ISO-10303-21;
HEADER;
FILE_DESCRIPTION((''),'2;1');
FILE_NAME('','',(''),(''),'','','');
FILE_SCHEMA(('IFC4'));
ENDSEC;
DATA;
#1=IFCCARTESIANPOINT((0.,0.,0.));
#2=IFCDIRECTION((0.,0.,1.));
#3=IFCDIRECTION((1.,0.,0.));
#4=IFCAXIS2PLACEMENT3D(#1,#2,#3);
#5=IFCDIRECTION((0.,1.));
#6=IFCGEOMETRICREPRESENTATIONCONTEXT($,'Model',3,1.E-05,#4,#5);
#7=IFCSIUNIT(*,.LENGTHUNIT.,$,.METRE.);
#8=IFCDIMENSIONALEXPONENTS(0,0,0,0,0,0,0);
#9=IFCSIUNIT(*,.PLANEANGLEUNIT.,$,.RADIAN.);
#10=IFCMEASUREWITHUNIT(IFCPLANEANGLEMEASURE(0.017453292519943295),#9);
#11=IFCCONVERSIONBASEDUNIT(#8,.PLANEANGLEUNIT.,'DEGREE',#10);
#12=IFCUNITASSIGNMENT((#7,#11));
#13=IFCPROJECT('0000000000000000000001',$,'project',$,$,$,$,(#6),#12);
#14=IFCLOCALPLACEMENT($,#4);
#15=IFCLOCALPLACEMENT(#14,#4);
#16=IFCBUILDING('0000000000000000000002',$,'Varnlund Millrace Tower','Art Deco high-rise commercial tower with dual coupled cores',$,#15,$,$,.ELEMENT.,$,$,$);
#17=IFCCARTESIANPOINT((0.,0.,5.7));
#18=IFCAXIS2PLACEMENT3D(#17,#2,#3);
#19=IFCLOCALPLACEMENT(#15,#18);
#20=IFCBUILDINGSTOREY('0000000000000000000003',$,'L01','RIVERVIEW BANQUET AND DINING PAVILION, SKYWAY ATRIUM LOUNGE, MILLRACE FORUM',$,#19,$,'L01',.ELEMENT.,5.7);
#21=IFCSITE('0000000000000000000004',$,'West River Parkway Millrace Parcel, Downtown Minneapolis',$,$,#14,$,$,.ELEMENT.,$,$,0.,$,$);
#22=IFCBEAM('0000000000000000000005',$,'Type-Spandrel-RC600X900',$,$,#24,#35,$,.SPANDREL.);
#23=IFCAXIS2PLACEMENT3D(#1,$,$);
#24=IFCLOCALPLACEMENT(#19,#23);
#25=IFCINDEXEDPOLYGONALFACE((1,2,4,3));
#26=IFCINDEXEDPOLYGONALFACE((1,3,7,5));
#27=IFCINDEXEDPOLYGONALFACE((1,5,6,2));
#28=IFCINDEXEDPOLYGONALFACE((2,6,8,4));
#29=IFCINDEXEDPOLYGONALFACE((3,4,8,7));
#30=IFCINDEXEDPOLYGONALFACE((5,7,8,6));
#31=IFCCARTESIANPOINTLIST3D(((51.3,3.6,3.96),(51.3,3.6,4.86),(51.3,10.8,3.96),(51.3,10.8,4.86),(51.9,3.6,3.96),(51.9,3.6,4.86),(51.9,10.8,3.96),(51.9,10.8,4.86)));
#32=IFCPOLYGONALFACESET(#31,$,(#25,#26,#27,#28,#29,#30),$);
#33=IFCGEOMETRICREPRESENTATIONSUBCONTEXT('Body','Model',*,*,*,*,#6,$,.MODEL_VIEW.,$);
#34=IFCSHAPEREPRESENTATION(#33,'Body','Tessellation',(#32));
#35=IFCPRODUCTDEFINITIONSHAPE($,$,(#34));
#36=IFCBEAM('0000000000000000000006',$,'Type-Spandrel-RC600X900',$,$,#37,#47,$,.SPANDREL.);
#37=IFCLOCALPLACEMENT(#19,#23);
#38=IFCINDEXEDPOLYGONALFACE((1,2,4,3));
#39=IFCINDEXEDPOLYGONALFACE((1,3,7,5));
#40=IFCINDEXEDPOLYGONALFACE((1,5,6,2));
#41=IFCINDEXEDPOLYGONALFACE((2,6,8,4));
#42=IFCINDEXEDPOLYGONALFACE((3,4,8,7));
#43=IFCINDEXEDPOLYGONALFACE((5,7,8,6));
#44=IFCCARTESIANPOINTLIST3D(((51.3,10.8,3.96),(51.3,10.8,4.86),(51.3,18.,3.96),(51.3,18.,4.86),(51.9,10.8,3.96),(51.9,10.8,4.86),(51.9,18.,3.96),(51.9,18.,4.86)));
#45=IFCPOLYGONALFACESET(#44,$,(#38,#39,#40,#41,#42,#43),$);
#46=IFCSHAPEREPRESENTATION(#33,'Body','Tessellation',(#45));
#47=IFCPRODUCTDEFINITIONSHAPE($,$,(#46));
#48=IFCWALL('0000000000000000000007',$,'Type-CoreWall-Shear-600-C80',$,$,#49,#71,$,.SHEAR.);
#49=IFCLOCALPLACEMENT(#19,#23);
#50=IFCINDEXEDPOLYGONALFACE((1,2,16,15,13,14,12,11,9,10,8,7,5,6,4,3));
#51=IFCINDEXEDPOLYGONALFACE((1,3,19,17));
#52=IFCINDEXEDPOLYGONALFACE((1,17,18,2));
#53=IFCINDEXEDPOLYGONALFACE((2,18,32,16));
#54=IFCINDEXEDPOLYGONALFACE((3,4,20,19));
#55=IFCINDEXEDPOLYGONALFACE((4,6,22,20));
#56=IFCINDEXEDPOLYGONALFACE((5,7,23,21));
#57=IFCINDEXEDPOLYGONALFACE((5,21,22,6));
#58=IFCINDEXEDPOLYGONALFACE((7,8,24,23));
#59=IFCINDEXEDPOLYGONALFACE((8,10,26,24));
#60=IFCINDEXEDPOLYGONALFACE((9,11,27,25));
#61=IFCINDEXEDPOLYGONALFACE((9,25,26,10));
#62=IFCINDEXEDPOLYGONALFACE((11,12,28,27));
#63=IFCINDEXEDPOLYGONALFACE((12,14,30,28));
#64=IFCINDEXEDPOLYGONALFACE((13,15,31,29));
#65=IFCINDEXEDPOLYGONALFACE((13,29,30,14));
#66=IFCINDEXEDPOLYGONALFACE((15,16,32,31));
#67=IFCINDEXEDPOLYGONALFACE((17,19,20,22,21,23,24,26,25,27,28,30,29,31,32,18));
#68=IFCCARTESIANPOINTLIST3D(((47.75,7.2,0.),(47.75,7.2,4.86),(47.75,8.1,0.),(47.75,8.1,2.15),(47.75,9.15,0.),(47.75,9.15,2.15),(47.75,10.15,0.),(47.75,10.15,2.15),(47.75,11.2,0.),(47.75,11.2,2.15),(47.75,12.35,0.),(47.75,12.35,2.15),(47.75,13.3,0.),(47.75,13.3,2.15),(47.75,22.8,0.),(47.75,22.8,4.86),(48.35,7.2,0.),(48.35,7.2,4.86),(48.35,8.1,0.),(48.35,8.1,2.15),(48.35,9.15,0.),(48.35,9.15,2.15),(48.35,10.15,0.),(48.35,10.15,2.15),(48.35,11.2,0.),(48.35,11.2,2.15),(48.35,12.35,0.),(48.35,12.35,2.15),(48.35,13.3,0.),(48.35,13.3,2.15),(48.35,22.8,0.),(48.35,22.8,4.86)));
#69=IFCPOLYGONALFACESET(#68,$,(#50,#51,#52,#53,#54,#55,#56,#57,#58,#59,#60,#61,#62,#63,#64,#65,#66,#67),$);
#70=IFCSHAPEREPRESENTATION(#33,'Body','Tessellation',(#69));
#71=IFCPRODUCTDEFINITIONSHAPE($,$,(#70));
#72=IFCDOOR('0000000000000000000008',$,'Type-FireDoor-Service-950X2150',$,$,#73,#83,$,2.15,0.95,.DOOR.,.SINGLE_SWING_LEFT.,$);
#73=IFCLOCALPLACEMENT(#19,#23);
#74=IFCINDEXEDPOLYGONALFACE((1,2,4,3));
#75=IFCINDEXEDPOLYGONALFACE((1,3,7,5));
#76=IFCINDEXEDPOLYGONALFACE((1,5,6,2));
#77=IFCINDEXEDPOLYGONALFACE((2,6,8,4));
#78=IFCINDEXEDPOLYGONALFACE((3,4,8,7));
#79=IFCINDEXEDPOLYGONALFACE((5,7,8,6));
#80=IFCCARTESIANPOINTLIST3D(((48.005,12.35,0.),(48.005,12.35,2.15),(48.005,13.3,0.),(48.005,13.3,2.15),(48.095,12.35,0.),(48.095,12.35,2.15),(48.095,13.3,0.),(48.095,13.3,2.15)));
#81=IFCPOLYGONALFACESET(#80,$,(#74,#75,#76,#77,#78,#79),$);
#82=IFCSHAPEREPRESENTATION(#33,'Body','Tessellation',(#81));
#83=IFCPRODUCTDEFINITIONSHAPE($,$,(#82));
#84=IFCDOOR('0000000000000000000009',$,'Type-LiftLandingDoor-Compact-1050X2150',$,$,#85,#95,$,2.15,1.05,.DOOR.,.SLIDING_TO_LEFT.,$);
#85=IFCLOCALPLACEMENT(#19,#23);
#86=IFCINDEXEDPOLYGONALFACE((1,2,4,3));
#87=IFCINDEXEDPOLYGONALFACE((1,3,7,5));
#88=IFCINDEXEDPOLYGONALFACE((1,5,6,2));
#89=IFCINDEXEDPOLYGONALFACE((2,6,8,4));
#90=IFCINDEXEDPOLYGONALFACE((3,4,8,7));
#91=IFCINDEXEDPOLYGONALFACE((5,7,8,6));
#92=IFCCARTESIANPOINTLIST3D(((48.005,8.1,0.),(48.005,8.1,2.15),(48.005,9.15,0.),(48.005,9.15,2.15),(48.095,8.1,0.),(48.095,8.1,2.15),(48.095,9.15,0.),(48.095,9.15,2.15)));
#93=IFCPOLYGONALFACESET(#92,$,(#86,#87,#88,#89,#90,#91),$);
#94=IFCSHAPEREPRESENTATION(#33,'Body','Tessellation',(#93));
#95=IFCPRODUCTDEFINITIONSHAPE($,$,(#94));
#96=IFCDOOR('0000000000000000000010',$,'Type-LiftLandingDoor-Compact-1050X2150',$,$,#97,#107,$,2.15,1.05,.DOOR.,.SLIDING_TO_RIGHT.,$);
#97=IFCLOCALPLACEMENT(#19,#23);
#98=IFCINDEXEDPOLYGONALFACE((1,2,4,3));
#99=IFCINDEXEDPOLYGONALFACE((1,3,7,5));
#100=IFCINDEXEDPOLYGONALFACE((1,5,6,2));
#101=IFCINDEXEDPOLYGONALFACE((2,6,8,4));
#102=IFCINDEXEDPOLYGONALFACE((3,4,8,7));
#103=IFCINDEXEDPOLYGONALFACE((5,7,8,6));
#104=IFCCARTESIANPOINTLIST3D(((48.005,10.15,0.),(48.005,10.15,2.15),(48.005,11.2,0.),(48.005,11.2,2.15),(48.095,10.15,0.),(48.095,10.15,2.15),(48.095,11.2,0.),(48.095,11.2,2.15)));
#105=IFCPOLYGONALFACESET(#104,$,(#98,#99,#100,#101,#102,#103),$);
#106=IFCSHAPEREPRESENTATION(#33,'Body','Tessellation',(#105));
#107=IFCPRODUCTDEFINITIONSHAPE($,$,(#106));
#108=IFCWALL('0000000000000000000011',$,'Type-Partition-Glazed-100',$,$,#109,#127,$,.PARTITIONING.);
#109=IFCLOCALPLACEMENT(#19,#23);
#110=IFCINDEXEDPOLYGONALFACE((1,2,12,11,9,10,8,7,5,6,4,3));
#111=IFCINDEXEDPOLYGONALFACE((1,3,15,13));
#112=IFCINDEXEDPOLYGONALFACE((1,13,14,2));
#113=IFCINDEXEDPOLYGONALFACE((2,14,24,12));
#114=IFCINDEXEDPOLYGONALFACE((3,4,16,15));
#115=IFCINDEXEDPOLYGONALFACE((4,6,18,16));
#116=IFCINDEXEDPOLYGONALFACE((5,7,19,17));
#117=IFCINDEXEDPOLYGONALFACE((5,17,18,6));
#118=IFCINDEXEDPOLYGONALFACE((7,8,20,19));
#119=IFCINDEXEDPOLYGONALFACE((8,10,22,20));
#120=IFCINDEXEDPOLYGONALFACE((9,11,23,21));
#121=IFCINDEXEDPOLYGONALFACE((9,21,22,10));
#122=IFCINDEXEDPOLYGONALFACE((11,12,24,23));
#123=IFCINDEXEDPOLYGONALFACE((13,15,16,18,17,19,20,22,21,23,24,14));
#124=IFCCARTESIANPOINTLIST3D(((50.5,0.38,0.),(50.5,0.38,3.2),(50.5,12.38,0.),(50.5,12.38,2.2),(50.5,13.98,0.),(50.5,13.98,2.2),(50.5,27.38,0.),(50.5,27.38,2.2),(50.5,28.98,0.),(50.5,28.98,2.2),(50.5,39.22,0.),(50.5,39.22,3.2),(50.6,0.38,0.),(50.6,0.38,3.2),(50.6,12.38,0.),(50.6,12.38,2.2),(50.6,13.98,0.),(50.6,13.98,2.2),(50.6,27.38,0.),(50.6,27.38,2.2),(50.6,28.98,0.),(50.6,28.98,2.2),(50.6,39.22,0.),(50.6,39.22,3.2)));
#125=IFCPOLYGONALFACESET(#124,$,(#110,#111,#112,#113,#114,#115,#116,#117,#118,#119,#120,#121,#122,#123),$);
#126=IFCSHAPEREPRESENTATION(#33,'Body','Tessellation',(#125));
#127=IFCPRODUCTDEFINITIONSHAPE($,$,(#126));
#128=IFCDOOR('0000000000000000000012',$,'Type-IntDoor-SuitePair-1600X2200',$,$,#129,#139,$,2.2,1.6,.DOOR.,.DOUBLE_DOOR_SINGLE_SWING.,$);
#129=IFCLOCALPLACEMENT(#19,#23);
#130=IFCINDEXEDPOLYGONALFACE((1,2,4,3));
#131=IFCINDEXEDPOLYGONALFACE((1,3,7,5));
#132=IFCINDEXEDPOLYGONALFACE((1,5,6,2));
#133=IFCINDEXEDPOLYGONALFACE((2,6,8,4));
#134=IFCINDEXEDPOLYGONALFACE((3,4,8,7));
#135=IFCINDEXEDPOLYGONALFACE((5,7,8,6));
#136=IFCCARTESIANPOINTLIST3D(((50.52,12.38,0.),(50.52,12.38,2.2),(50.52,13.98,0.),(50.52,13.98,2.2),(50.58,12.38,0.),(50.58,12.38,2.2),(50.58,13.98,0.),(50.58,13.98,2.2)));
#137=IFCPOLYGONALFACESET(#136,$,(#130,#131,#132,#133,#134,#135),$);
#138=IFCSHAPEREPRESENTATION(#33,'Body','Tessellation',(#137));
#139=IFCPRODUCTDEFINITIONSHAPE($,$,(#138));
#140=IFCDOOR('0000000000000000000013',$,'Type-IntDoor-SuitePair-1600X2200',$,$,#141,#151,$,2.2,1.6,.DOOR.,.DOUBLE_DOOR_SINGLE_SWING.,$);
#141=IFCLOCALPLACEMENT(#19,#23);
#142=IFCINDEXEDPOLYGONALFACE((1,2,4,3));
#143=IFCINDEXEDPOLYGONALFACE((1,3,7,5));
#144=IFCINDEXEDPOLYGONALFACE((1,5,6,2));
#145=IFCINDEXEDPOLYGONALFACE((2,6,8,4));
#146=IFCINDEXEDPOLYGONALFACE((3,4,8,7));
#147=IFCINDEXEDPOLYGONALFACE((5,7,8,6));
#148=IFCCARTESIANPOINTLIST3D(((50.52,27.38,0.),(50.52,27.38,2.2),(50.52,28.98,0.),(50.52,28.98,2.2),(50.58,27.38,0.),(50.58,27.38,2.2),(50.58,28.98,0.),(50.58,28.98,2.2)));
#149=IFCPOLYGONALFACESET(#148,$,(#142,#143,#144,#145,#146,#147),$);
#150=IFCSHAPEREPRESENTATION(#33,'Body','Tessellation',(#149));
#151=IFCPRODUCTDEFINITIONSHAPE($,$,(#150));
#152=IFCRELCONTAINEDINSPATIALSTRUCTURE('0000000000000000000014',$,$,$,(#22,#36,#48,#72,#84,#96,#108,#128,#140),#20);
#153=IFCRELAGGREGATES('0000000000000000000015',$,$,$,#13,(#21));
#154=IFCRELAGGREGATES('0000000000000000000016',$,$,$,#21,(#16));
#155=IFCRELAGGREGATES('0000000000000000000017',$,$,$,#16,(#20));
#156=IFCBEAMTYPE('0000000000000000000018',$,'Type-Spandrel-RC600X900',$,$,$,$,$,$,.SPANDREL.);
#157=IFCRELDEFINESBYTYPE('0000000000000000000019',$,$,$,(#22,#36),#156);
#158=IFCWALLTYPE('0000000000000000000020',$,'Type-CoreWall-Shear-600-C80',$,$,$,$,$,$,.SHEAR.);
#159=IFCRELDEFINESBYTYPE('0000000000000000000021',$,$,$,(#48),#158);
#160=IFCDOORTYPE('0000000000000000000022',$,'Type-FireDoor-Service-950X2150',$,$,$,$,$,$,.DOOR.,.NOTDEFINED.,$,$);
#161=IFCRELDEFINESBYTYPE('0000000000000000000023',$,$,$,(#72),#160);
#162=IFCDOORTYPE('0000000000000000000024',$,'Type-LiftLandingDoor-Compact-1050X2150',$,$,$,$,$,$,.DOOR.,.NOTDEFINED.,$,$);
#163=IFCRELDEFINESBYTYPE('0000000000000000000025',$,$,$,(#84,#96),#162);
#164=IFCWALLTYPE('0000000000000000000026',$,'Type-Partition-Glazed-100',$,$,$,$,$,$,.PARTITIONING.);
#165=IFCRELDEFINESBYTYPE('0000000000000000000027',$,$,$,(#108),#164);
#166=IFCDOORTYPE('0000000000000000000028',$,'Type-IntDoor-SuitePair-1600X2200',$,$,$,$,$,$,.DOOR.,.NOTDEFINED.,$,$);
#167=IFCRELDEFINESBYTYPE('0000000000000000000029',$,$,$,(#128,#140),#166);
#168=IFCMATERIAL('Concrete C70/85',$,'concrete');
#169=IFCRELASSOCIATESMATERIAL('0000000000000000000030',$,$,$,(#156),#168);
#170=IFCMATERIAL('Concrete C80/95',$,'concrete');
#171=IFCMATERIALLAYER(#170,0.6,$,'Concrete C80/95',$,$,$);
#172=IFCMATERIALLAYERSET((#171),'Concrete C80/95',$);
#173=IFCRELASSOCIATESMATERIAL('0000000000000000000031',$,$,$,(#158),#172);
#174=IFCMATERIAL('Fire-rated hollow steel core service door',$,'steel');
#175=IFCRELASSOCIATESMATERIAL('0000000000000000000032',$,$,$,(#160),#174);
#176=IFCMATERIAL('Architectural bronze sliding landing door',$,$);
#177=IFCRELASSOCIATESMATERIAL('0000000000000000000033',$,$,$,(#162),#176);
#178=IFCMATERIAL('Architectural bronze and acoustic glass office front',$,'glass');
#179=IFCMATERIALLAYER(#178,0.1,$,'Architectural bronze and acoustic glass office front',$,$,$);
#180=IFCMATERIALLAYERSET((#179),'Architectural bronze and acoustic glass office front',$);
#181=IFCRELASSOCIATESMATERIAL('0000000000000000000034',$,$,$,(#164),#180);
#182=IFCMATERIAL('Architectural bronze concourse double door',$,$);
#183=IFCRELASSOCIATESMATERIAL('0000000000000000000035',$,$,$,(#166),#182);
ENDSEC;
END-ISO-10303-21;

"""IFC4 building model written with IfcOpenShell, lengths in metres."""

from ifc_helpers import new_model, entity, si_unit, converted_unit, direction, frame, origin_with_axes, origin_2d_with_axis, place, context, subcontext, project, spatial, polyline, rectangle, outline, extrude, material, layer, layer_set, material_profile, profile_set, type_object, element, fill, save


model = new_model("IFC4")

# Units and contexts
model_context = context("Model", 3, precision=1e-05, world=origin_with_axes(), true_north=direction((0.0, 1.0)))
body_context = subcontext(model_context, "Body", "Model", "MODEL_VIEW")
ifc_project = project(units=[si_unit("LENGTHUNIT", "METRE"), converted_unit("PLANEANGLEUNIT", "DEGREE", entity("IfcPlaneAngleMeasure", 0.017453292519943295), si_unit("PLANEANGLEUNIT", "RADIAN"), dimensions=[0, 0, 0, 0, 0, 0, 0])], contexts=[model_context])

# Site, building, storey
site_placement = place(None, origin_with_axes())
site = spatial("IfcSite", under=ifc_project, at=site_placement, Name="West River Parkway Millrace Parcel, Downtown Minneapolis", CompositionType="ELEMENT", RefElevation=0.0)
building_placement = place(site_placement, origin_with_axes())
building = spatial("IfcBuilding", under=site, at=building_placement, Name="Varnlund Millrace Tower", Description="Art Deco high-rise commercial tower with dual coupled cores", CompositionType="ELEMENT")
storey_placement = place(building_placement, frame((0.0, 0.0, 5.7), z_axis=(0.0, 0.0, 1.0), x_axis=(1.0, 0.0, 0.0)))
storey = spatial("IfcBuildingStorey", under=building, at=storey_placement, Name="L01", Description="RIVERVIEW BANQUET AND DINING PAVILION, SKYWAY ATRIUM LOUNGE, MILLRACE FORUM", LongName="L01", CompositionType="ELEMENT", Elevation=5.7)

# Shared definitions
ifc_material_1 = material(Name="Concrete C80/95", Category="concrete")

# Beams
ifc_material_2 = material(Name="Concrete C70/85", Category="concrete")
ifc_material_profile_1 = material_profile(ifc_material_2, rectangle(XDim=0.6, YDim=0.9, at=origin_2d_with_axis()), Name="Concrete C70/85")
ifc_profile_set_1 = profile_set([ifc_material_profile_1], Name="Concrete C70/85")
beam_type_1 = type_object("IfcBeamType", Name="Type-Spandrel-RC600X900", PredefinedType="SPANDREL", material=ifc_profile_set_1)
for number, where, z_axis, x_axis, name in (
    (1, (51.6, 3.6, 4.41), (0.0, 1.0, 0.0), (-1.0, 0.0, 0.0), "Type-Spandrel-RC600X900"),
    (2, (51.6, 10.8, 4.41), (0.0, 1.0, 0.0), (-1.0, 0.0, 0.0), "Type-Spandrel-RC600X900"),
):
    element("IfcBeam", number, at=place(storey_placement, frame(where, z_axis=z_axis, x_axis=x_axis)), inside=storey, type_object=beam_type_1, Name=name, PredefinedType="SPANDREL", context=body_context, shape_type="SweptSolid", body=[
        extrude(rectangle(XDim=0.6, YDim=0.9, at=origin_2d_with_axis()), origin_with_axes(), (0.0, 0.0, 1.0), 7.2),
    ])

# Walls, openings, doors
ifc_layer_1 = layer(ifc_material_1, 0.6, Name="Concrete C80/95")
ifc_layer_set_1 = layer_set([ifc_layer_1], Name="Concrete C80/95")
wall_type_1 = type_object("IfcWallType", Name="Type-CoreWall-Shear-600-C80", PredefinedType="SHEAR", material=ifc_layer_set_1)
wall_1_placement = place(storey_placement, frame((48.05, 7.2, 0.0), z_axis=(0.0, 0.0, 1.0), x_axis=(0.0, 1.0, 0.0)))
wall_1 = element("IfcWall", 3, at=wall_1_placement, inside=storey, type_object=wall_type_1, Name="Type-CoreWall-Shear-600-C80", PredefinedType="SHEAR", context=body_context, shape_type="SweptSolid", body=[
    extrude(outline(polyline([(0.0, -0.3), (15.6, -0.3), (15.6, 0.3), (0.0, 0.3), (0.0, -0.3)])), origin_with_axes(), (0.0, 0.0, 1.0), 4.86),
])
opening_1_placement = place(wall_1_placement, frame((1.425, 0.0, 0.0), z_axis=(0.0, 0.0, 1.0), x_axis=(1.0, 0.0, 0.0)))
opening_1 = element("IfcOpeningElement", 4, at=opening_1_placement, cuts=wall_1, PredefinedType="OPENING", context=body_context, shape_type="SweptSolid", body=[
    extrude(rectangle(XDim=1.05, YDim=0.62, at=origin_2d_with_axis()), origin_with_axes(), (0.0, 0.0, 1.0), 2.15),
])
opening_2_placement = place(wall_1_placement, frame((3.475, 0.0, 0.0), z_axis=(0.0, 0.0, 1.0), x_axis=(1.0, 0.0, 0.0)))
opening_2 = element("IfcOpeningElement", 5, at=opening_2_placement, cuts=wall_1, PredefinedType="OPENING", context=body_context, shape_type="SweptSolid", body=[
    extrude(rectangle(XDim=1.05, YDim=0.62, at=origin_2d_with_axis()), origin_with_axes(), (0.0, 0.0, 1.0), 2.15),
])
opening_3_placement = place(wall_1_placement, frame((5.625, 0.0, 0.0), z_axis=(0.0, 0.0, 1.0), x_axis=(1.0, 0.0, 0.0)))
opening_3 = element("IfcOpeningElement", 6, at=opening_3_placement, cuts=wall_1, PredefinedType="OPENING", context=body_context, shape_type="SweptSolid", body=[
    extrude(rectangle(XDim=0.95, YDim=0.62, at=origin_2d_with_axis()), origin_with_axes(), (0.0, 0.0, 1.0), 2.15),
])
ifc_material_3 = material(Name="Fire-rated hollow steel core service door", Category="steel")
door_type_1 = type_object("IfcDoorType", Name="Type-FireDoor-Service-950X2150", OperationType="NOTDEFINED", PredefinedType="DOOR", material=ifc_material_3)
door_1_placement = place(wall_1_placement, frame((5.625, 0.0, 0.0), z_axis=(0.0, 0.0, 1.0), x_axis=(1.0, 0.0, 0.0)))
door_1 = element("IfcDoor", 7, at=door_1_placement, inside=storey, type_object=door_type_1, Name="Type-FireDoor-Service-950X2150", OperationType="SINGLE_SWING_LEFT", OverallHeight=2.15, OverallWidth=0.95, PredefinedType="DOOR", context=body_context, shape_type="SweptSolid", body=[
    extrude(rectangle(XDim=0.95, YDim=0.09, at=origin_2d_with_axis()), origin_with_axes(), (0.0, 0.0, 1.0), 2.15),
])
fill(opening_3, door_1)
ifc_material_4 = material(Name="Architectural bronze sliding landing door")
door_type_2 = type_object("IfcDoorType", Name="Type-LiftLandingDoor-Compact-1050X2150", OperationType="NOTDEFINED", PredefinedType="DOOR", material=ifc_material_4)
door_2_placement = place(wall_1_placement, frame((1.425, 0.0, 0.0), z_axis=(0.0, 0.0, 1.0), x_axis=(1.0, 0.0, 0.0)))
door_2 = element("IfcDoor", 8, at=door_2_placement, inside=storey, type_object=door_type_2, Name="Type-LiftLandingDoor-Compact-1050X2150", OperationType="SLIDING_TO_LEFT", OverallHeight=2.15, OverallWidth=1.05, PredefinedType="DOOR", context=body_context, shape_type="SweptSolid", body=[
    extrude(rectangle(XDim=1.05, YDim=0.09, at=origin_2d_with_axis()), origin_with_axes(), (0.0, 0.0, 1.0), 2.15),
])
fill(opening_1, door_2)
door_3_placement = place(wall_1_placement, frame((3.475, 0.0, 0.0), z_axis=(0.0, 0.0, 1.0), x_axis=(1.0, 0.0, 0.0)))
door_3 = element("IfcDoor", 9, at=door_3_placement, inside=storey, type_object=door_type_2, Name="Type-LiftLandingDoor-Compact-1050X2150", OperationType="SLIDING_TO_RIGHT", OverallHeight=2.15, OverallWidth=1.05, PredefinedType="DOOR", context=body_context, shape_type="SweptSolid", body=[
    extrude(rectangle(XDim=1.05, YDim=0.09, at=origin_2d_with_axis()), origin_with_axes(), (0.0, 0.0, 1.0), 2.15),
])
fill(opening_2, door_3)
ifc_material_5 = material(Name="Architectural bronze and acoustic glass office front", Category="glass")
ifc_layer_2 = layer(ifc_material_5, 0.1, Name="Architectural bronze and acoustic glass office front")
ifc_layer_set_2 = layer_set([ifc_layer_2], Name="Architectural bronze and acoustic glass office front")
wall_type_2 = type_object("IfcWallType", Name="Type-Partition-Glazed-100", PredefinedType="PARTITIONING", material=ifc_layer_set_2)
wall_2_placement = place(storey_placement, frame((50.55, 0.38, 0.0), z_axis=(0.0, 0.0, 1.0), x_axis=(0.0, 1.0, 0.0)))
wall_2 = element("IfcWall", 10, at=wall_2_placement, inside=storey, type_object=wall_type_2, Name="Type-Partition-Glazed-100", PredefinedType="PARTITIONING", context=body_context, shape_type="SweptSolid", body=[
    extrude(outline(polyline([(0.0, -0.05), (38.84, -0.05), (38.84, 0.05), (0.0, 0.05), (0.0, -0.05)])), origin_with_axes(), (0.0, 0.0, 1.0), 3.2),
])
opening_4_placement = place(wall_2_placement, frame((12.8, 0.0, 0.0), z_axis=(0.0, 0.0, 1.0), x_axis=(1.0, 0.0, 0.0)))
opening_4 = element("IfcOpeningElement", 11, at=opening_4_placement, cuts=wall_2, PredefinedType="OPENING", context=body_context, shape_type="SweptSolid", body=[
    extrude(rectangle(XDim=1.6, YDim=0.12, at=origin_2d_with_axis()), origin_with_axes(), (0.0, 0.0, 1.0), 2.2),
])
opening_5_placement = place(wall_2_placement, frame((27.8, 0.0, 0.0), z_axis=(0.0, 0.0, 1.0), x_axis=(1.0, 0.0, 0.0)))
opening_5 = element("IfcOpeningElement", 12, at=opening_5_placement, cuts=wall_2, PredefinedType="OPENING", context=body_context, shape_type="SweptSolid", body=[
    extrude(rectangle(XDim=1.6, YDim=0.12, at=origin_2d_with_axis()), origin_with_axes(), (0.0, 0.0, 1.0), 2.2),
])
ifc_material_6 = material(Name="Architectural bronze concourse double door")
door_type_3 = type_object("IfcDoorType", Name="Type-IntDoor-SuitePair-1600X2200", OperationType="NOTDEFINED", PredefinedType="DOOR", material=ifc_material_6)
door_4_placement = place(wall_2_placement, frame((12.8, 0.0, 0.0), z_axis=(0.0, 0.0, 1.0), x_axis=(1.0, 0.0, 0.0)))
door_4 = element("IfcDoor", 13, at=door_4_placement, inside=storey, type_object=door_type_3, Name="Type-IntDoor-SuitePair-1600X2200", OperationType="DOUBLE_DOOR_SINGLE_SWING", OverallHeight=2.2, OverallWidth=1.6, PredefinedType="DOOR", context=body_context, shape_type="SweptSolid", body=[
    extrude(rectangle(XDim=1.6, YDim=0.06, at=origin_2d_with_axis()), origin_with_axes(), (0.0, 0.0, 1.0), 2.2),
])
fill(opening_4, door_4)
door_5_placement = place(wall_2_placement, frame((27.8, 0.0, 0.0), z_axis=(0.0, 0.0, 1.0), x_axis=(1.0, 0.0, 0.0)))
door_5 = element("IfcDoor", 14, at=door_5_placement, inside=storey, type_object=door_type_3, Name="Type-IntDoor-SuitePair-1600X2200", OperationType="DOUBLE_DOOR_SINGLE_SWING", OverallHeight=2.2, OverallWidth=1.6, PredefinedType="DOOR", context=body_context, shape_type="SweptSolid", body=[
    extrude(rectangle(XDim=1.6, YDim=0.06, at=origin_2d_with_axis()), origin_with_axes(), (0.0, 0.0, 1.0), 2.2),
])
fill(opening_5, door_5)

save(model, "model.ifc")
